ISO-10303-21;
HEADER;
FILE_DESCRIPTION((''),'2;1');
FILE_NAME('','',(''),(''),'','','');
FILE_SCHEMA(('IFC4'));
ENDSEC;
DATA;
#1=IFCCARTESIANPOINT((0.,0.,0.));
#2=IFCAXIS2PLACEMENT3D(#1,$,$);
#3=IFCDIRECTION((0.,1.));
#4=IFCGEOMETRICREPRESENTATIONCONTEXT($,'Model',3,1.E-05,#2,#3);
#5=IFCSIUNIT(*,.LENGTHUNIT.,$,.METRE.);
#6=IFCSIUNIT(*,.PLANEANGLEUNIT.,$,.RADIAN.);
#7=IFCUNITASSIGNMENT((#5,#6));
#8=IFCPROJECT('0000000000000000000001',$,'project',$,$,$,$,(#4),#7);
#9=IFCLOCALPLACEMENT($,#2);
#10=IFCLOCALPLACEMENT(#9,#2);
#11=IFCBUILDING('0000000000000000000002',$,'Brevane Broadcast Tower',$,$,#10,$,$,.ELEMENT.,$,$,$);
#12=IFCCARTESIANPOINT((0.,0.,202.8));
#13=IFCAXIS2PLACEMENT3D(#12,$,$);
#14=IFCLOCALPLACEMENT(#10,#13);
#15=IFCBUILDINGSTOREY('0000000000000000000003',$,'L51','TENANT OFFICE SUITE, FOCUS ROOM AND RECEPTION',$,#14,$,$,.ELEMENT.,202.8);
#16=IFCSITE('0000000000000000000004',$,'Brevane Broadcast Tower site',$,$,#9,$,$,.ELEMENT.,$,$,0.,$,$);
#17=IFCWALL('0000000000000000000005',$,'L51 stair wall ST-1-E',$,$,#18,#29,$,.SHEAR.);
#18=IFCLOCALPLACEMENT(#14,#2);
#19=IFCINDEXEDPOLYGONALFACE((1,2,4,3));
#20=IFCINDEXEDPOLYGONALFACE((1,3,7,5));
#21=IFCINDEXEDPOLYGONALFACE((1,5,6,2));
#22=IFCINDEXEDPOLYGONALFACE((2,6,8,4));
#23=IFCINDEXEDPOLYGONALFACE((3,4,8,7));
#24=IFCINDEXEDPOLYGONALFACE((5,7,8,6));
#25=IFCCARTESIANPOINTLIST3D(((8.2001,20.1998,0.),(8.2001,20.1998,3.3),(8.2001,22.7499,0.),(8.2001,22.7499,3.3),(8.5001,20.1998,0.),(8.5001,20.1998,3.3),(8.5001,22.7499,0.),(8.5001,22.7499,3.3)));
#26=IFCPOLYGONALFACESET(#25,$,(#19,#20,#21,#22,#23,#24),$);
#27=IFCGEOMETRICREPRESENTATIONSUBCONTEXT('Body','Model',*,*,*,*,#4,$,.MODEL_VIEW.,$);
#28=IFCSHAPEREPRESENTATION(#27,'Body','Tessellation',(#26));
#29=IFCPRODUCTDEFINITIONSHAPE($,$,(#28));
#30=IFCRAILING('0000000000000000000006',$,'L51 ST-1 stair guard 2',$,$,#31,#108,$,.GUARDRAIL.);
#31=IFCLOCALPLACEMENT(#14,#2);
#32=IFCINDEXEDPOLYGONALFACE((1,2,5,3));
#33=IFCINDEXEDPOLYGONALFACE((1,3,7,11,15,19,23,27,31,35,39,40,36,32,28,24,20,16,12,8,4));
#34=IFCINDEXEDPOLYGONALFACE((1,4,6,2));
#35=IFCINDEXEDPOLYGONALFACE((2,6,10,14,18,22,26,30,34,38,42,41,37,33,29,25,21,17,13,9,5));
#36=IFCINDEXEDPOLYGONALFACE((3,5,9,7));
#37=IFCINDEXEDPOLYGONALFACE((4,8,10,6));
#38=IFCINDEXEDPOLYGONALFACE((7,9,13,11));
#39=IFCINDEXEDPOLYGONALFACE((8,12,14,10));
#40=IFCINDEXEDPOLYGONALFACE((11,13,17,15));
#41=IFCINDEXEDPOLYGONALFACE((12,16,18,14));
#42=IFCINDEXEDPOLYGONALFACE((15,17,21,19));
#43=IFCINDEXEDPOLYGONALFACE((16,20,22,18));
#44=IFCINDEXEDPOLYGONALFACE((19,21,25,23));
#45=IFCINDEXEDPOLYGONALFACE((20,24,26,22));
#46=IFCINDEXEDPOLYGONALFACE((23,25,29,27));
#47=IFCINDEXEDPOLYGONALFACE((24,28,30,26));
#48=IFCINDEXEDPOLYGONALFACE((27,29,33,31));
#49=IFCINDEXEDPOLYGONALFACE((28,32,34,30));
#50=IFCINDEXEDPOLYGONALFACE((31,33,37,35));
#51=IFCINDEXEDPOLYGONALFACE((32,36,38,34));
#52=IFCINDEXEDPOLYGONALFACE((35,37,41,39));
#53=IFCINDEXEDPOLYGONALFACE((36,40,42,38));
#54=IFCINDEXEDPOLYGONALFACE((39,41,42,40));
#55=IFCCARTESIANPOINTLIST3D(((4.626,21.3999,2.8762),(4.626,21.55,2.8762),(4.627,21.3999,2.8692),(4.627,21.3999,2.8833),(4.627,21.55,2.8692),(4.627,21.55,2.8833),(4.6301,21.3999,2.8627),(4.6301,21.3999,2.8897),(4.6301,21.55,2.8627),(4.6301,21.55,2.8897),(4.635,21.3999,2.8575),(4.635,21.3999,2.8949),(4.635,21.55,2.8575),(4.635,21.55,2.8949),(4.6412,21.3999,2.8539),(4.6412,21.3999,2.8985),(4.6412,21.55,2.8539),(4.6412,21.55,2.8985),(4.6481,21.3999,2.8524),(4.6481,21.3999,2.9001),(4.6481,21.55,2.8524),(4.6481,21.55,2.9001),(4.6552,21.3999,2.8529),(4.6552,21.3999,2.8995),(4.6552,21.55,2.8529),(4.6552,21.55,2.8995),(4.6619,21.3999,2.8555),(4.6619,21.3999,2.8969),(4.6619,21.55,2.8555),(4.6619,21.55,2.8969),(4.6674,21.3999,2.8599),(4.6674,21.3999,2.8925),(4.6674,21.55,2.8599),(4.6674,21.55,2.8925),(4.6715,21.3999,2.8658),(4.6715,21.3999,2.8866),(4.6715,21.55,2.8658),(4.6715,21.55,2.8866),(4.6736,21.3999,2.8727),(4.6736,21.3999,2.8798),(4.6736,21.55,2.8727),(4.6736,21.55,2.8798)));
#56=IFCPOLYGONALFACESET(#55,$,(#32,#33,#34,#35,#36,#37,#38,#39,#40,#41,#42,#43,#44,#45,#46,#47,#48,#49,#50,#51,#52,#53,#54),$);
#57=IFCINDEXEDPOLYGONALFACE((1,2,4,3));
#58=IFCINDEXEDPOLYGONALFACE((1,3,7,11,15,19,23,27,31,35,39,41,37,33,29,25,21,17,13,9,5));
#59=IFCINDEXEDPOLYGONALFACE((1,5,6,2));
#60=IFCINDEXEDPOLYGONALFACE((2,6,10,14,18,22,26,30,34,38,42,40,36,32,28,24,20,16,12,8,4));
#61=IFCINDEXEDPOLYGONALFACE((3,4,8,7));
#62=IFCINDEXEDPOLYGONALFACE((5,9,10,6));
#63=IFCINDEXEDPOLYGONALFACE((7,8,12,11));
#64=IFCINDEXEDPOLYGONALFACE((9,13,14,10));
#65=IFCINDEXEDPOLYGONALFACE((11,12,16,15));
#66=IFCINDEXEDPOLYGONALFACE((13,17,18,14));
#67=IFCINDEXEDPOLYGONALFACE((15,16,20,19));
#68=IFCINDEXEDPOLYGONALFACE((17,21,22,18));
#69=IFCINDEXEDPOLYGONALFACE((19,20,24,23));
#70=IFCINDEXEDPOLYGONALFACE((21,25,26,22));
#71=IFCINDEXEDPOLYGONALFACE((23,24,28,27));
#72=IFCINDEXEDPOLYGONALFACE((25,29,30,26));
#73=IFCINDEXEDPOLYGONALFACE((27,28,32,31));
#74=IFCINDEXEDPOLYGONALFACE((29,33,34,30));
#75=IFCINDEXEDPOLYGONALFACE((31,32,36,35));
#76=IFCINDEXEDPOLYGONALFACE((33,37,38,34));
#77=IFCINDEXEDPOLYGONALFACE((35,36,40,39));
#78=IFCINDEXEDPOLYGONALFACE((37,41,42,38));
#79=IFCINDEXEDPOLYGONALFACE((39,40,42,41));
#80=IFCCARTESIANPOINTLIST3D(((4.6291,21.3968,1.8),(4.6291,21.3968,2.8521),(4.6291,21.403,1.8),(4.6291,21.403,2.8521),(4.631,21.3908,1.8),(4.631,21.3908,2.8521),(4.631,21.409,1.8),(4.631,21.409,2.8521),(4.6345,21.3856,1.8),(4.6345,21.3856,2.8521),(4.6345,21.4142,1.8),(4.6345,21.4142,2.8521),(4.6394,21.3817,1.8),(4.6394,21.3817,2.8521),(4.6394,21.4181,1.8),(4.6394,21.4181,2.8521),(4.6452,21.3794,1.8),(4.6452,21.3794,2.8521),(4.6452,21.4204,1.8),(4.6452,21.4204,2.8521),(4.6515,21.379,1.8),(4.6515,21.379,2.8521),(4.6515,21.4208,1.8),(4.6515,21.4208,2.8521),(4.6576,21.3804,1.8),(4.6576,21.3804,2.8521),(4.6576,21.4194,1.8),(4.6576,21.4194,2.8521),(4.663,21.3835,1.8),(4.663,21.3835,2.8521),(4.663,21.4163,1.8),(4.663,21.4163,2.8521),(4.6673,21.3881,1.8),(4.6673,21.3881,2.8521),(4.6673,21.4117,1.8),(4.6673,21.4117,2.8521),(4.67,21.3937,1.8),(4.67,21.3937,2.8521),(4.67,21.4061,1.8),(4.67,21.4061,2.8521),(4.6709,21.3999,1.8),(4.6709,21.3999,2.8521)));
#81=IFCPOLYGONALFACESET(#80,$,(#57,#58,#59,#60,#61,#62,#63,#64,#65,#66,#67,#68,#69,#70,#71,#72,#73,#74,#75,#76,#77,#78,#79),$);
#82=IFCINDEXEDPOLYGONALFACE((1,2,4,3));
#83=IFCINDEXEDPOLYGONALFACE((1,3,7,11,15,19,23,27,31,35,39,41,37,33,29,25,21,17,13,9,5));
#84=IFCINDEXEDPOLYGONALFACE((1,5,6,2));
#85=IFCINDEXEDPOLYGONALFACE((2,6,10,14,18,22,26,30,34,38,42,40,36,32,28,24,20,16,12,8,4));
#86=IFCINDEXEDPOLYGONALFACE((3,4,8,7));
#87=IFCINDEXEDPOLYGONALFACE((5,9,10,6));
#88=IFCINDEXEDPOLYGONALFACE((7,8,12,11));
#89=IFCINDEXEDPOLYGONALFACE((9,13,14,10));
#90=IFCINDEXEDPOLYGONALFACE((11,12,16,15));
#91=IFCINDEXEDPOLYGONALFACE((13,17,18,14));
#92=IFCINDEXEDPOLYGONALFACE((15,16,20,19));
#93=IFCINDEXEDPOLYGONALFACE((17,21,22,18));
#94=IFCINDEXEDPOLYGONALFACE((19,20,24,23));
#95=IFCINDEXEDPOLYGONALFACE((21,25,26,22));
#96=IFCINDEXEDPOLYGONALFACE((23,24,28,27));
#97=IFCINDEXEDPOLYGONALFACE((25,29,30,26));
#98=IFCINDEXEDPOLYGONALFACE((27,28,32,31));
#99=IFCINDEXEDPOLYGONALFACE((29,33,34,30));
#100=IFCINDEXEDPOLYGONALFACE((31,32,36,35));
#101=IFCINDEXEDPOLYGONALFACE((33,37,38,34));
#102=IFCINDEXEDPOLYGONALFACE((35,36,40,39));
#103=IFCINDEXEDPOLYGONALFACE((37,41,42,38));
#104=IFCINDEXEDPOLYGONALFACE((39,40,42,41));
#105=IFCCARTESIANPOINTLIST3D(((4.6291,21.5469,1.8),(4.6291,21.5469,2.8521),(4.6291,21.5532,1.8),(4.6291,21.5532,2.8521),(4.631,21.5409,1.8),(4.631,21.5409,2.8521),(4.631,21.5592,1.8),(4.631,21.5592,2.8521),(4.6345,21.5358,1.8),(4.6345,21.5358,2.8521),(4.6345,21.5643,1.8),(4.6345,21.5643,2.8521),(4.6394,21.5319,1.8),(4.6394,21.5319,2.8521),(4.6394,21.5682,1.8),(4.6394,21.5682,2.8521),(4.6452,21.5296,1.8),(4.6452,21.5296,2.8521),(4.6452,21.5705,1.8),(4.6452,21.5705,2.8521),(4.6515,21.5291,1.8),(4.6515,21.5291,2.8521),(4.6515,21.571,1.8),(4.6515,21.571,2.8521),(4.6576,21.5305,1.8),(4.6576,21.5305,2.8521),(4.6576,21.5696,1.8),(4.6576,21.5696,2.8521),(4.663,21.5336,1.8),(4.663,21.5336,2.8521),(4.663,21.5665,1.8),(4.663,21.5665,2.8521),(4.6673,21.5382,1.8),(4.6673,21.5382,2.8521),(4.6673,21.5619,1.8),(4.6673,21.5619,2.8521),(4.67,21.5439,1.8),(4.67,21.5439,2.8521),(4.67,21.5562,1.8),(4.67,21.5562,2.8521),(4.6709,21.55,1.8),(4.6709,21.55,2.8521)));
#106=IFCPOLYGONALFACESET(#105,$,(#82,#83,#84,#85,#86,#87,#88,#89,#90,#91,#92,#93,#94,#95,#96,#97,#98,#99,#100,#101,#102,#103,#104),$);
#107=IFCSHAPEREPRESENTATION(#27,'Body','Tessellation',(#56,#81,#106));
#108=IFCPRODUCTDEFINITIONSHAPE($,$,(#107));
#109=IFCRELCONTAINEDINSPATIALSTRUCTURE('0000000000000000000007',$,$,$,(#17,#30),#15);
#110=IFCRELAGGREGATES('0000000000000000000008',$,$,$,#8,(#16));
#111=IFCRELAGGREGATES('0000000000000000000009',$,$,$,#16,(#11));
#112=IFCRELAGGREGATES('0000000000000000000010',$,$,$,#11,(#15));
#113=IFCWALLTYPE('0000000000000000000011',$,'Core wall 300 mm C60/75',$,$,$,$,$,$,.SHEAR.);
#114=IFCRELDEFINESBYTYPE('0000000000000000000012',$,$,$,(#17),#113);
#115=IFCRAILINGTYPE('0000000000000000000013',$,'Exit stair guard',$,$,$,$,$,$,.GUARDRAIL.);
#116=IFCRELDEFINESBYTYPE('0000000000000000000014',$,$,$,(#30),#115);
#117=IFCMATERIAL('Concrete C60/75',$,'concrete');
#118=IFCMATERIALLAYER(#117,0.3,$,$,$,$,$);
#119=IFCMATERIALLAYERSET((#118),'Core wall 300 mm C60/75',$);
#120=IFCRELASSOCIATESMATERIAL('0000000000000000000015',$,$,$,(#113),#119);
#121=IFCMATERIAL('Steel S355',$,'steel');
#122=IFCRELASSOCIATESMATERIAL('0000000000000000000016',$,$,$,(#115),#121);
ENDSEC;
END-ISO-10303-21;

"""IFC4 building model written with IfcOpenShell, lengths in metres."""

from ifc_helpers import new_model, si_unit, direction, frame, frame_2d, origin, origin_2d, place, context, subcontext, project, spatial, rectangle, circle, extrude, material, layer, layer_set, type_object, element, save


model = new_model("IFC4")

# Units and contexts
model_context = context("Model", 3, precision=1e-05, world=origin(), true_north=direction((0.0, 1.0)))
body_context = subcontext(model_context, "Body", "Model", "MODEL_VIEW")
ifc_project = project(units=[si_unit("LENGTHUNIT", "METRE"), si_unit("PLANEANGLEUNIT", "RADIAN")], contexts=[model_context])

# Site, building, storey
site_placement = place(None, origin())
site = spatial("IfcSite", under=ifc_project, at=site_placement, Name="Brevane Broadcast Tower site", CompositionType="ELEMENT", RefElevation=0.0)
building_placement = place(site_placement, origin())
building = spatial("IfcBuilding", under=site, at=building_placement, Name="Brevane Broadcast Tower", CompositionType="ELEMENT")
storey_placement = place(building_placement, frame((0.0, 0.0, 202.8)))
storey = spatial("IfcBuildingStorey", under=building, at=storey_placement, Name="L51", Description="TENANT OFFICE SUITE, FOCUS ROOM AND RECEPTION", CompositionType="ELEMENT", Elevation=202.8)

# Shared definitions
ifc_material_1 = material(Name="Concrete C60/75", Category="concrete")
ifc_layer_1 = layer(ifc_material_1, 0.3)
ifc_layer_set_1 = layer_set([ifc_layer_1], Name="Core wall 300 mm C60/75")
wall_type_1 = type_object("IfcWallType", Name="Core wall 300 mm C60/75", PredefinedType="SHEAR", material=ifc_layer_set_1)

# Wall
wall_1_placement = place(storey_placement, frame((8.3501, 20.2, 0.0), z_axis=(0.0, 0.0, 1.0), x_axis=(0.0, 1.0, 0.0)))
element("IfcWall", 1, at=wall_1_placement, inside=storey, type_object=wall_type_1, Name="L51 stair wall ST-1-E", PredefinedType="SHEAR", context=body_context, shape_type="SweptSolid", body=[
    extrude(rectangle(XDim=2.55, YDim=0.3, at=frame_2d((1.2749, 0.0))), origin(), (0.0, 0.0, 1.0), 3.3),
])

# Railing
ifc_material_2 = material(Name="Steel S355", Category="steel")
railing_type = type_object("IfcRailingType", Name="Exit stair guard", PredefinedType="GUARDRAIL", material=ifc_material_2)
railing_placement = place(storey_placement, frame((4.6499, 21.3999, 1.8)))
element("IfcRailing", 2, at=railing_placement, inside=storey, type_object=railing_type, Name="L51 ST-1 stair guard 2", PredefinedType="GUARDRAIL", context=body_context, shape_type="SweptSolid", body=[
    extrude(circle(Radius=0.0239, at=origin_2d()), frame((0.0, 0.0, 1.0762), z_axis=(0.0, 1.0, 0.0), x_axis=(-1.0, 0.0, 0.0)), (0.0, 0.0, 1.0), 0.1501),
    extrude(circle(Radius=0.021, at=origin_2d()), origin(), (0.0, 0.0, 1.0), 1.052),
    extrude(circle(Radius=0.021, at=origin_2d()), frame((0.0, 0.1501, 0.0)), (0.0, 0.0, 1.0), 1.052),
])

save(model, "model.ifc")
